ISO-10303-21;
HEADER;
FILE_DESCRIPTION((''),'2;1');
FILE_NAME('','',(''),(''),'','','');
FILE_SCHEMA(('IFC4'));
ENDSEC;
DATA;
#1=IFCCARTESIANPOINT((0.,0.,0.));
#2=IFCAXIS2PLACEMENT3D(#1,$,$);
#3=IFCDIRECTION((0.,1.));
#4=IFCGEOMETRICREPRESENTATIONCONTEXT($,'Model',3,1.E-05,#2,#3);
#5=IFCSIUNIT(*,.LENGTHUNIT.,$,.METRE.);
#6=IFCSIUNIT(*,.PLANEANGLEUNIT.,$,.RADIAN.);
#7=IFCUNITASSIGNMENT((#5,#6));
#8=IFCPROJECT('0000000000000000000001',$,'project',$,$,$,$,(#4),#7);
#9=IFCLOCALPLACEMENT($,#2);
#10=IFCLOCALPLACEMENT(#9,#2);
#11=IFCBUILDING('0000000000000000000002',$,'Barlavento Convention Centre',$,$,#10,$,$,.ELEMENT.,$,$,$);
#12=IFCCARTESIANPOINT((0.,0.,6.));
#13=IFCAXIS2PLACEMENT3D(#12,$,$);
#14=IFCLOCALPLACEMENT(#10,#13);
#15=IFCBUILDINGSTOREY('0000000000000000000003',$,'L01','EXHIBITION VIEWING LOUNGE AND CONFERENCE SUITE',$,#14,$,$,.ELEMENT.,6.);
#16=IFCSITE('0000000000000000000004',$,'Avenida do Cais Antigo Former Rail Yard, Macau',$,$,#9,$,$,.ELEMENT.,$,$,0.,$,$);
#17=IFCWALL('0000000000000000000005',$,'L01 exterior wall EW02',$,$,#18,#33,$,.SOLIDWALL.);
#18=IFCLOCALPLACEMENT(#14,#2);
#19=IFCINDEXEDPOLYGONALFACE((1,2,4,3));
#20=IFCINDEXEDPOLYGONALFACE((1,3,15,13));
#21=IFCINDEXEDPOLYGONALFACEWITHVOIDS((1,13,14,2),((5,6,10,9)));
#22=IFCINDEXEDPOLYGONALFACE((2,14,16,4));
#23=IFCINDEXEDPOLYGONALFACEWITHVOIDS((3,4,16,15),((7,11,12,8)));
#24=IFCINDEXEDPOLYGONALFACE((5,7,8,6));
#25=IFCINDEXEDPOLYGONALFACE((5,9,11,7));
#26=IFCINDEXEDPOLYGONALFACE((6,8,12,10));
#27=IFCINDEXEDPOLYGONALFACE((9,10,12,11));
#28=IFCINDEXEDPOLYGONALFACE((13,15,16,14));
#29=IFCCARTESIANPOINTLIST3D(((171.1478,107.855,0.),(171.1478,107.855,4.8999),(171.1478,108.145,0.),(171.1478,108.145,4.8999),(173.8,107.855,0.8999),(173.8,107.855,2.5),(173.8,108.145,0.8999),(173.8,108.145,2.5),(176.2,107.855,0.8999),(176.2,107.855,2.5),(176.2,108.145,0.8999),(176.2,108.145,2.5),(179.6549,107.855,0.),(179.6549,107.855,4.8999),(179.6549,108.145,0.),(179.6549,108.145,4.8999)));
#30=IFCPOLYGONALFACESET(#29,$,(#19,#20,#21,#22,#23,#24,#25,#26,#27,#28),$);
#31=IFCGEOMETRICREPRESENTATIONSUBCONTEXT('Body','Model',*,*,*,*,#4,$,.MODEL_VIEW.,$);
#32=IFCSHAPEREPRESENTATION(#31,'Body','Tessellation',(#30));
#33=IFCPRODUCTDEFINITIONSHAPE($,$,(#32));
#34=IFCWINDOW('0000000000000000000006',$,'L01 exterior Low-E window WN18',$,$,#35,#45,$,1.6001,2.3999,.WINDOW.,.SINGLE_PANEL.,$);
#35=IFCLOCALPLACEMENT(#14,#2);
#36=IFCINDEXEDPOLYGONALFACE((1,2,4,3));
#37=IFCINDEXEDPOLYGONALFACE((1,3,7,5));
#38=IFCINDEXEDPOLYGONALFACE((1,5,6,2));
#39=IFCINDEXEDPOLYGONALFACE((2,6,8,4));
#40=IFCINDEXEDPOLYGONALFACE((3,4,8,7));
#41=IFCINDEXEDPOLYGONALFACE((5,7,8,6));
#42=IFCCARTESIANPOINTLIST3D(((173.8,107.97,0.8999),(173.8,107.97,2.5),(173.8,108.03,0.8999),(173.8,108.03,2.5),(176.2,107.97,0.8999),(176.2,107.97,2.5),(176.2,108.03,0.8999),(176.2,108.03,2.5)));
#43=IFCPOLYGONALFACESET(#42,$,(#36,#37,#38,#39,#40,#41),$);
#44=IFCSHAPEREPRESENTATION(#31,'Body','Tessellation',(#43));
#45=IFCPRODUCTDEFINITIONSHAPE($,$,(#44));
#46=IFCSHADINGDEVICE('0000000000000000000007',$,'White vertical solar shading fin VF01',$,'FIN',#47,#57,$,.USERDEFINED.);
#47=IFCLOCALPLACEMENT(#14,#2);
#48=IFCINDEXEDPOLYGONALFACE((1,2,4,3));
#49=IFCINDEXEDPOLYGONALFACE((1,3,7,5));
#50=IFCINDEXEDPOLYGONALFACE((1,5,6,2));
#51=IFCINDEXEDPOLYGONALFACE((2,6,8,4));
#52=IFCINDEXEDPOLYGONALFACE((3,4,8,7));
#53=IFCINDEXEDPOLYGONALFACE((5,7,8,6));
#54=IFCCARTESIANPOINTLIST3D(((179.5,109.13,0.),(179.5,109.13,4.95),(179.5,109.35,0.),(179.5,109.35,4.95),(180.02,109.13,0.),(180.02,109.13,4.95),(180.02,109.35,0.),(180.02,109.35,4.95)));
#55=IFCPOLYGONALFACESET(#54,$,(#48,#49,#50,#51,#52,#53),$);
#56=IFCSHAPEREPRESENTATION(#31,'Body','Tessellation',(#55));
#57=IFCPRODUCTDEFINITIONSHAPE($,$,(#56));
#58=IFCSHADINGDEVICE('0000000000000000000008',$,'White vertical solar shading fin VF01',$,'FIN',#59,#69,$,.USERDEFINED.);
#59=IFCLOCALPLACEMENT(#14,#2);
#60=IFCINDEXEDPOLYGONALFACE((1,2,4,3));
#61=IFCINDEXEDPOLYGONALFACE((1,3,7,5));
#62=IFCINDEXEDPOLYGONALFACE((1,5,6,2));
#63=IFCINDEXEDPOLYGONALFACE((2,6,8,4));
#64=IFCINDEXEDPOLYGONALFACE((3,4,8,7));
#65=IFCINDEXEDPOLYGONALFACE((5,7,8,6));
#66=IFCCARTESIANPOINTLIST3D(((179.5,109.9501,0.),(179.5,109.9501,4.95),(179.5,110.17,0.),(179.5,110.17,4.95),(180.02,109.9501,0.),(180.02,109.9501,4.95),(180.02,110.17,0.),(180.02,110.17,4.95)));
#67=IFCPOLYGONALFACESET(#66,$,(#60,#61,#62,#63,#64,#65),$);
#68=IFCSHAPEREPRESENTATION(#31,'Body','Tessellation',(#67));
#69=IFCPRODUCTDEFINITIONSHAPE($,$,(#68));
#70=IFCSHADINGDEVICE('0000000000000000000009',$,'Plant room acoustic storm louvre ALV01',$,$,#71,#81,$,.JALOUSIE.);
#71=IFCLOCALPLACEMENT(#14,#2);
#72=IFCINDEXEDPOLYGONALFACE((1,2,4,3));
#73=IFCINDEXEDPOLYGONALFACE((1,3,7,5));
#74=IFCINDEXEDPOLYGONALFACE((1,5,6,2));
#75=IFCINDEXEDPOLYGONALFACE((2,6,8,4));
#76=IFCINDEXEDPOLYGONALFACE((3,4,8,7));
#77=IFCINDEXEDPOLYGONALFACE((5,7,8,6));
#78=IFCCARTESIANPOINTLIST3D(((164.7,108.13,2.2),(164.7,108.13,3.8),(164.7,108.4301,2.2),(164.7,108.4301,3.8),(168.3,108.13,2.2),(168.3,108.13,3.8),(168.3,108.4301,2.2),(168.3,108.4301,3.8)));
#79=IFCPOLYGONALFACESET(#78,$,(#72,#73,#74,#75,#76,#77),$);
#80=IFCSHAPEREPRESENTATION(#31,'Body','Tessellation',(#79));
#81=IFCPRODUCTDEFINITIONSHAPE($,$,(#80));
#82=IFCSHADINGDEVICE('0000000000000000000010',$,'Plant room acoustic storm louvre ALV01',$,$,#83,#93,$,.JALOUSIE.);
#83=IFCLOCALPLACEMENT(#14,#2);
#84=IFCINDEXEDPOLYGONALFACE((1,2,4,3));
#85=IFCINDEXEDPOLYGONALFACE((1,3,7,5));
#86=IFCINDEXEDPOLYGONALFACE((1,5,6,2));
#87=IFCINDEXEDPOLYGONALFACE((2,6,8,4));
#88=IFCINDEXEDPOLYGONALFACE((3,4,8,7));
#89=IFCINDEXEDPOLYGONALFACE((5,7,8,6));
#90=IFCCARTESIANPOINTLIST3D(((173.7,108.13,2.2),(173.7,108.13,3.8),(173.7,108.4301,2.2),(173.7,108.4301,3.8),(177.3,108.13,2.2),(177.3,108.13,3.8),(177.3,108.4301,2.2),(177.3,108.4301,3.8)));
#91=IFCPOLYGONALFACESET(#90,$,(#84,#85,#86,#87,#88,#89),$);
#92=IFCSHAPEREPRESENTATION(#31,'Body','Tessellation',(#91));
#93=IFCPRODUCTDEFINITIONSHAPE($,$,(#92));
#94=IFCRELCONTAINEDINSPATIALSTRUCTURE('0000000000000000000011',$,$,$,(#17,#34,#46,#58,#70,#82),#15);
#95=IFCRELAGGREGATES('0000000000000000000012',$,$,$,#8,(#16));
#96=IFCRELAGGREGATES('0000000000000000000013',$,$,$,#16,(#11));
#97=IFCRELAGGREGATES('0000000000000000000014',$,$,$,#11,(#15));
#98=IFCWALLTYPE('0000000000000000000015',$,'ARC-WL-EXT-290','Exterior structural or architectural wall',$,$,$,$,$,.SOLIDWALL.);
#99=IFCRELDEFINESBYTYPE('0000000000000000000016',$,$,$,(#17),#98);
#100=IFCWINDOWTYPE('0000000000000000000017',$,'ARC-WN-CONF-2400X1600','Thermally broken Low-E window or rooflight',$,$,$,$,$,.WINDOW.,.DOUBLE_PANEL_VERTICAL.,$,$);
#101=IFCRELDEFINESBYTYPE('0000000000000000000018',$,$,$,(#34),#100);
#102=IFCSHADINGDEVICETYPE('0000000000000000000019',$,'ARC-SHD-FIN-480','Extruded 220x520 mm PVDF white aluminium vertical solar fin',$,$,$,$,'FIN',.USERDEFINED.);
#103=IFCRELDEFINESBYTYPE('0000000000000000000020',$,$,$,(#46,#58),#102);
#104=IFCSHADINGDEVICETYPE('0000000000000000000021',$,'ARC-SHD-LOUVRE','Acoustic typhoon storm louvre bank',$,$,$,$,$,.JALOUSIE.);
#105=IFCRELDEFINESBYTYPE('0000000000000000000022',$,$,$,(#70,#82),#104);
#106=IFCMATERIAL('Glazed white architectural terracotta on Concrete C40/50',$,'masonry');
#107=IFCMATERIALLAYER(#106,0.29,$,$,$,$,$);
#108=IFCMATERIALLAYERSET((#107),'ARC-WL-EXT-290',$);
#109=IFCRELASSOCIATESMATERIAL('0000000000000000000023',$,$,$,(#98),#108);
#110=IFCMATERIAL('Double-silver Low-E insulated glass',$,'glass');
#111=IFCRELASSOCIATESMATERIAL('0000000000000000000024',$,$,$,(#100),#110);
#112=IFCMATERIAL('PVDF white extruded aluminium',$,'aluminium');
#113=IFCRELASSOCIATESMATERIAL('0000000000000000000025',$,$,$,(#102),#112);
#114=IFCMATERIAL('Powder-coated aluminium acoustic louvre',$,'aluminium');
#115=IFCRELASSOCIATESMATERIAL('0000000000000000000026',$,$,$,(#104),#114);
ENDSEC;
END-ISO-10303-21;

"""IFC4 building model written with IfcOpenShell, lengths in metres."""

from ifc_helpers import new_model, si_unit, direction, frame, frame_2d, origin, origin_2d, place, context, subcontext, project, spatial, rectangle, extrude, material, layer, layer_set, type_object, element, fill, save


model = new_model("IFC4")

# Units and contexts
model_context = context("Model", 3, precision=1e-05, world=origin(), true_north=direction((0.0, 1.0)))
body_context = subcontext(model_context, "Body", "Model", "MODEL_VIEW")
ifc_project = project(units=[si_unit("LENGTHUNIT", "METRE"), si_unit("PLANEANGLEUNIT", "RADIAN")], contexts=[model_context])

# Site, building, storey
site_placement = place(None, origin())
site = spatial("IfcSite", under=ifc_project, at=site_placement, Name="Avenida do Cais Antigo Former Rail Yard, Macau", CompositionType="ELEMENT", RefElevation=0.0)
building_placement = place(site_placement, origin())
building = spatial("IfcBuilding", under=site, at=building_placement, Name="Barlavento Convention Centre", CompositionType="ELEMENT")
storey_placement = place(building_placement, frame((0.0, 0.0, 6.0)))
storey = spatial("IfcBuildingStorey", under=building, at=storey_placement, Name="L01", Description="EXHIBITION VIEWING LOUNGE AND CONFERENCE SUITE", CompositionType="ELEMENT", Elevation=6.0)

# Wall, opening, window
ifc_material_1 = material(Name="Glazed white architectural terracotta on Concrete C40/50", Category="masonry")
ifc_layer_1 = layer(ifc_material_1, 0.29)
ifc_layer_set_1 = layer_set([ifc_layer_1], Name="ARC-WL-EXT-290")
wall_type = type_object("IfcWallType", Name="ARC-WL-EXT-290", Description="Exterior structural or architectural wall", PredefinedType="SOLIDWALL", material=ifc_layer_set_1)
wall_placement = place(storey_placement, frame((171.1479, 108.0, 0.0), z_axis=(0.0, 0.0, 1.0), x_axis=(1.0, 0.0, 0.0)))
wall = element("IfcWall", 1, at=wall_placement, inside=storey, type_object=wall_type, Name="L01 exterior wall EW02", PredefinedType="SOLIDWALL", context=body_context, shape_type="SweptSolid", body=[
    extrude(rectangle(XDim=8.5071, YDim=0.29, at=frame_2d((4.2534, 0.0))), origin(), (0.0, 0.0, 1.0), 4.8999),
])
opening_placement = place(wall_placement, frame((2.6521, 0.0, 0.8999)))
opening = element("IfcOpeningElement", 2, at=opening_placement, cuts=wall, PredefinedType="OPENING", context=body_context, shape_type="SweptSolid", body=[
    extrude(rectangle(XDim=2.3999, YDim=1.6001, at=frame_2d((1.2, 0.8))), frame((0.0, 0.155, 0.0), z_axis=(0.0, -1.0, 0.0), x_axis=(1.0, 0.0, 0.0)), (0.0, 0.0, 1.0), 0.3101),
])
ifc_material_2 = material(Name="Double-silver Low-E insulated glass", Category="glass")
window_type = type_object("IfcWindowType", Name="ARC-WN-CONF-2400X1600", Description="Thermally broken Low-E window or rooflight", PartitioningType="DOUBLE_PANEL_VERTICAL", PredefinedType="WINDOW", material=ifc_material_2)
window_placement = place(opening_placement, origin())
window = element("IfcWindow", 3, at=window_placement, inside=storey, type_object=window_type, Name="L01 exterior Low-E window WN18", OverallHeight=1.6001, OverallWidth=2.3999, PartitioningType="SINGLE_PANEL", PredefinedType="WINDOW", context=body_context, shape_type="SweptSolid", body=[
    extrude(rectangle(XDim=2.3999, YDim=1.6001, at=frame_2d((1.2, 0.8))), frame((0.0, 0.03, 0.0), z_axis=(0.0, -1.0, 0.0), x_axis=(1.0, 0.0, 0.0)), (0.0, 0.0, 1.0), 0.0601),
])
fill(opening, window)

# Shading devices
ifc_material_3 = material(Name="PVDF white extruded aluminium", Category="aluminium")
shading_device_type_1 = type_object("IfcShadingDeviceType", Name="ARC-SHD-FIN-480", Description="Extruded 220x520 mm PVDF white aluminium vertical solar fin", ElementType="FIN", PredefinedType="USERDEFINED", material=ifc_material_3)
for number, where, z_axis, x_axis, name in (
    (4, (179.76, 109.24, 0.0), (0.0, 0.0, 1.0), (0.0, 1.0, 0.0), "White vertical solar shading fin VF01"),
    (5, (179.76, 110.0601, 0.0), (0.0, 0.0, 1.0), (0.0, 1.0, 0.0), "White vertical solar shading fin VF01"),
):
    element("IfcShadingDevice", number, at=place(storey_placement, frame(where, z_axis=z_axis, x_axis=x_axis)), inside=storey, type_object=shading_device_type_1, Name=name, ObjectType="FIN", PredefinedType="USERDEFINED", context=body_context, shape_type="SweptSolid", body=[
        extrude(rectangle(XDim=0.22, YDim=0.52, at=origin_2d()), origin(), (0.0, 0.0, 1.0), 4.95),
    ])
ifc_material_4 = material(Name="Powder-coated aluminium acoustic louvre", Category="aluminium")
shading_device_type_2 = type_object("IfcShadingDeviceType", Name="ARC-SHD-LOUVRE", Description="Acoustic typhoon storm louvre bank", PredefinedType="JALOUSIE", material=ifc_material_4)
for number, where, z_axis, x_axis, name in (
    (6, (166.5, 108.28, 2.2), (0.0, 0.0, 1.0), (1.0, 0.0, 0.0), "Plant room acoustic storm louvre ALV01"),
    (7, (175.5, 108.28, 2.2), (0.0, 0.0, 1.0), (1.0, 0.0, 0.0), "Plant room acoustic storm louvre ALV01"),
):
    element("IfcShadingDevice", number, at=place(storey_placement, frame(where, z_axis=z_axis, x_axis=x_axis)), inside=storey, type_object=shading_device_type_2, Name=name, PredefinedType="JALOUSIE", context=body_context, shape_type="SweptSolid", body=[
        extrude(rectangle(XDim=3.6001, YDim=0.3, at=origin_2d()), origin(), (0.0, 0.0, 1.0), 1.6001),
    ])

save(model, "model.ifc")
